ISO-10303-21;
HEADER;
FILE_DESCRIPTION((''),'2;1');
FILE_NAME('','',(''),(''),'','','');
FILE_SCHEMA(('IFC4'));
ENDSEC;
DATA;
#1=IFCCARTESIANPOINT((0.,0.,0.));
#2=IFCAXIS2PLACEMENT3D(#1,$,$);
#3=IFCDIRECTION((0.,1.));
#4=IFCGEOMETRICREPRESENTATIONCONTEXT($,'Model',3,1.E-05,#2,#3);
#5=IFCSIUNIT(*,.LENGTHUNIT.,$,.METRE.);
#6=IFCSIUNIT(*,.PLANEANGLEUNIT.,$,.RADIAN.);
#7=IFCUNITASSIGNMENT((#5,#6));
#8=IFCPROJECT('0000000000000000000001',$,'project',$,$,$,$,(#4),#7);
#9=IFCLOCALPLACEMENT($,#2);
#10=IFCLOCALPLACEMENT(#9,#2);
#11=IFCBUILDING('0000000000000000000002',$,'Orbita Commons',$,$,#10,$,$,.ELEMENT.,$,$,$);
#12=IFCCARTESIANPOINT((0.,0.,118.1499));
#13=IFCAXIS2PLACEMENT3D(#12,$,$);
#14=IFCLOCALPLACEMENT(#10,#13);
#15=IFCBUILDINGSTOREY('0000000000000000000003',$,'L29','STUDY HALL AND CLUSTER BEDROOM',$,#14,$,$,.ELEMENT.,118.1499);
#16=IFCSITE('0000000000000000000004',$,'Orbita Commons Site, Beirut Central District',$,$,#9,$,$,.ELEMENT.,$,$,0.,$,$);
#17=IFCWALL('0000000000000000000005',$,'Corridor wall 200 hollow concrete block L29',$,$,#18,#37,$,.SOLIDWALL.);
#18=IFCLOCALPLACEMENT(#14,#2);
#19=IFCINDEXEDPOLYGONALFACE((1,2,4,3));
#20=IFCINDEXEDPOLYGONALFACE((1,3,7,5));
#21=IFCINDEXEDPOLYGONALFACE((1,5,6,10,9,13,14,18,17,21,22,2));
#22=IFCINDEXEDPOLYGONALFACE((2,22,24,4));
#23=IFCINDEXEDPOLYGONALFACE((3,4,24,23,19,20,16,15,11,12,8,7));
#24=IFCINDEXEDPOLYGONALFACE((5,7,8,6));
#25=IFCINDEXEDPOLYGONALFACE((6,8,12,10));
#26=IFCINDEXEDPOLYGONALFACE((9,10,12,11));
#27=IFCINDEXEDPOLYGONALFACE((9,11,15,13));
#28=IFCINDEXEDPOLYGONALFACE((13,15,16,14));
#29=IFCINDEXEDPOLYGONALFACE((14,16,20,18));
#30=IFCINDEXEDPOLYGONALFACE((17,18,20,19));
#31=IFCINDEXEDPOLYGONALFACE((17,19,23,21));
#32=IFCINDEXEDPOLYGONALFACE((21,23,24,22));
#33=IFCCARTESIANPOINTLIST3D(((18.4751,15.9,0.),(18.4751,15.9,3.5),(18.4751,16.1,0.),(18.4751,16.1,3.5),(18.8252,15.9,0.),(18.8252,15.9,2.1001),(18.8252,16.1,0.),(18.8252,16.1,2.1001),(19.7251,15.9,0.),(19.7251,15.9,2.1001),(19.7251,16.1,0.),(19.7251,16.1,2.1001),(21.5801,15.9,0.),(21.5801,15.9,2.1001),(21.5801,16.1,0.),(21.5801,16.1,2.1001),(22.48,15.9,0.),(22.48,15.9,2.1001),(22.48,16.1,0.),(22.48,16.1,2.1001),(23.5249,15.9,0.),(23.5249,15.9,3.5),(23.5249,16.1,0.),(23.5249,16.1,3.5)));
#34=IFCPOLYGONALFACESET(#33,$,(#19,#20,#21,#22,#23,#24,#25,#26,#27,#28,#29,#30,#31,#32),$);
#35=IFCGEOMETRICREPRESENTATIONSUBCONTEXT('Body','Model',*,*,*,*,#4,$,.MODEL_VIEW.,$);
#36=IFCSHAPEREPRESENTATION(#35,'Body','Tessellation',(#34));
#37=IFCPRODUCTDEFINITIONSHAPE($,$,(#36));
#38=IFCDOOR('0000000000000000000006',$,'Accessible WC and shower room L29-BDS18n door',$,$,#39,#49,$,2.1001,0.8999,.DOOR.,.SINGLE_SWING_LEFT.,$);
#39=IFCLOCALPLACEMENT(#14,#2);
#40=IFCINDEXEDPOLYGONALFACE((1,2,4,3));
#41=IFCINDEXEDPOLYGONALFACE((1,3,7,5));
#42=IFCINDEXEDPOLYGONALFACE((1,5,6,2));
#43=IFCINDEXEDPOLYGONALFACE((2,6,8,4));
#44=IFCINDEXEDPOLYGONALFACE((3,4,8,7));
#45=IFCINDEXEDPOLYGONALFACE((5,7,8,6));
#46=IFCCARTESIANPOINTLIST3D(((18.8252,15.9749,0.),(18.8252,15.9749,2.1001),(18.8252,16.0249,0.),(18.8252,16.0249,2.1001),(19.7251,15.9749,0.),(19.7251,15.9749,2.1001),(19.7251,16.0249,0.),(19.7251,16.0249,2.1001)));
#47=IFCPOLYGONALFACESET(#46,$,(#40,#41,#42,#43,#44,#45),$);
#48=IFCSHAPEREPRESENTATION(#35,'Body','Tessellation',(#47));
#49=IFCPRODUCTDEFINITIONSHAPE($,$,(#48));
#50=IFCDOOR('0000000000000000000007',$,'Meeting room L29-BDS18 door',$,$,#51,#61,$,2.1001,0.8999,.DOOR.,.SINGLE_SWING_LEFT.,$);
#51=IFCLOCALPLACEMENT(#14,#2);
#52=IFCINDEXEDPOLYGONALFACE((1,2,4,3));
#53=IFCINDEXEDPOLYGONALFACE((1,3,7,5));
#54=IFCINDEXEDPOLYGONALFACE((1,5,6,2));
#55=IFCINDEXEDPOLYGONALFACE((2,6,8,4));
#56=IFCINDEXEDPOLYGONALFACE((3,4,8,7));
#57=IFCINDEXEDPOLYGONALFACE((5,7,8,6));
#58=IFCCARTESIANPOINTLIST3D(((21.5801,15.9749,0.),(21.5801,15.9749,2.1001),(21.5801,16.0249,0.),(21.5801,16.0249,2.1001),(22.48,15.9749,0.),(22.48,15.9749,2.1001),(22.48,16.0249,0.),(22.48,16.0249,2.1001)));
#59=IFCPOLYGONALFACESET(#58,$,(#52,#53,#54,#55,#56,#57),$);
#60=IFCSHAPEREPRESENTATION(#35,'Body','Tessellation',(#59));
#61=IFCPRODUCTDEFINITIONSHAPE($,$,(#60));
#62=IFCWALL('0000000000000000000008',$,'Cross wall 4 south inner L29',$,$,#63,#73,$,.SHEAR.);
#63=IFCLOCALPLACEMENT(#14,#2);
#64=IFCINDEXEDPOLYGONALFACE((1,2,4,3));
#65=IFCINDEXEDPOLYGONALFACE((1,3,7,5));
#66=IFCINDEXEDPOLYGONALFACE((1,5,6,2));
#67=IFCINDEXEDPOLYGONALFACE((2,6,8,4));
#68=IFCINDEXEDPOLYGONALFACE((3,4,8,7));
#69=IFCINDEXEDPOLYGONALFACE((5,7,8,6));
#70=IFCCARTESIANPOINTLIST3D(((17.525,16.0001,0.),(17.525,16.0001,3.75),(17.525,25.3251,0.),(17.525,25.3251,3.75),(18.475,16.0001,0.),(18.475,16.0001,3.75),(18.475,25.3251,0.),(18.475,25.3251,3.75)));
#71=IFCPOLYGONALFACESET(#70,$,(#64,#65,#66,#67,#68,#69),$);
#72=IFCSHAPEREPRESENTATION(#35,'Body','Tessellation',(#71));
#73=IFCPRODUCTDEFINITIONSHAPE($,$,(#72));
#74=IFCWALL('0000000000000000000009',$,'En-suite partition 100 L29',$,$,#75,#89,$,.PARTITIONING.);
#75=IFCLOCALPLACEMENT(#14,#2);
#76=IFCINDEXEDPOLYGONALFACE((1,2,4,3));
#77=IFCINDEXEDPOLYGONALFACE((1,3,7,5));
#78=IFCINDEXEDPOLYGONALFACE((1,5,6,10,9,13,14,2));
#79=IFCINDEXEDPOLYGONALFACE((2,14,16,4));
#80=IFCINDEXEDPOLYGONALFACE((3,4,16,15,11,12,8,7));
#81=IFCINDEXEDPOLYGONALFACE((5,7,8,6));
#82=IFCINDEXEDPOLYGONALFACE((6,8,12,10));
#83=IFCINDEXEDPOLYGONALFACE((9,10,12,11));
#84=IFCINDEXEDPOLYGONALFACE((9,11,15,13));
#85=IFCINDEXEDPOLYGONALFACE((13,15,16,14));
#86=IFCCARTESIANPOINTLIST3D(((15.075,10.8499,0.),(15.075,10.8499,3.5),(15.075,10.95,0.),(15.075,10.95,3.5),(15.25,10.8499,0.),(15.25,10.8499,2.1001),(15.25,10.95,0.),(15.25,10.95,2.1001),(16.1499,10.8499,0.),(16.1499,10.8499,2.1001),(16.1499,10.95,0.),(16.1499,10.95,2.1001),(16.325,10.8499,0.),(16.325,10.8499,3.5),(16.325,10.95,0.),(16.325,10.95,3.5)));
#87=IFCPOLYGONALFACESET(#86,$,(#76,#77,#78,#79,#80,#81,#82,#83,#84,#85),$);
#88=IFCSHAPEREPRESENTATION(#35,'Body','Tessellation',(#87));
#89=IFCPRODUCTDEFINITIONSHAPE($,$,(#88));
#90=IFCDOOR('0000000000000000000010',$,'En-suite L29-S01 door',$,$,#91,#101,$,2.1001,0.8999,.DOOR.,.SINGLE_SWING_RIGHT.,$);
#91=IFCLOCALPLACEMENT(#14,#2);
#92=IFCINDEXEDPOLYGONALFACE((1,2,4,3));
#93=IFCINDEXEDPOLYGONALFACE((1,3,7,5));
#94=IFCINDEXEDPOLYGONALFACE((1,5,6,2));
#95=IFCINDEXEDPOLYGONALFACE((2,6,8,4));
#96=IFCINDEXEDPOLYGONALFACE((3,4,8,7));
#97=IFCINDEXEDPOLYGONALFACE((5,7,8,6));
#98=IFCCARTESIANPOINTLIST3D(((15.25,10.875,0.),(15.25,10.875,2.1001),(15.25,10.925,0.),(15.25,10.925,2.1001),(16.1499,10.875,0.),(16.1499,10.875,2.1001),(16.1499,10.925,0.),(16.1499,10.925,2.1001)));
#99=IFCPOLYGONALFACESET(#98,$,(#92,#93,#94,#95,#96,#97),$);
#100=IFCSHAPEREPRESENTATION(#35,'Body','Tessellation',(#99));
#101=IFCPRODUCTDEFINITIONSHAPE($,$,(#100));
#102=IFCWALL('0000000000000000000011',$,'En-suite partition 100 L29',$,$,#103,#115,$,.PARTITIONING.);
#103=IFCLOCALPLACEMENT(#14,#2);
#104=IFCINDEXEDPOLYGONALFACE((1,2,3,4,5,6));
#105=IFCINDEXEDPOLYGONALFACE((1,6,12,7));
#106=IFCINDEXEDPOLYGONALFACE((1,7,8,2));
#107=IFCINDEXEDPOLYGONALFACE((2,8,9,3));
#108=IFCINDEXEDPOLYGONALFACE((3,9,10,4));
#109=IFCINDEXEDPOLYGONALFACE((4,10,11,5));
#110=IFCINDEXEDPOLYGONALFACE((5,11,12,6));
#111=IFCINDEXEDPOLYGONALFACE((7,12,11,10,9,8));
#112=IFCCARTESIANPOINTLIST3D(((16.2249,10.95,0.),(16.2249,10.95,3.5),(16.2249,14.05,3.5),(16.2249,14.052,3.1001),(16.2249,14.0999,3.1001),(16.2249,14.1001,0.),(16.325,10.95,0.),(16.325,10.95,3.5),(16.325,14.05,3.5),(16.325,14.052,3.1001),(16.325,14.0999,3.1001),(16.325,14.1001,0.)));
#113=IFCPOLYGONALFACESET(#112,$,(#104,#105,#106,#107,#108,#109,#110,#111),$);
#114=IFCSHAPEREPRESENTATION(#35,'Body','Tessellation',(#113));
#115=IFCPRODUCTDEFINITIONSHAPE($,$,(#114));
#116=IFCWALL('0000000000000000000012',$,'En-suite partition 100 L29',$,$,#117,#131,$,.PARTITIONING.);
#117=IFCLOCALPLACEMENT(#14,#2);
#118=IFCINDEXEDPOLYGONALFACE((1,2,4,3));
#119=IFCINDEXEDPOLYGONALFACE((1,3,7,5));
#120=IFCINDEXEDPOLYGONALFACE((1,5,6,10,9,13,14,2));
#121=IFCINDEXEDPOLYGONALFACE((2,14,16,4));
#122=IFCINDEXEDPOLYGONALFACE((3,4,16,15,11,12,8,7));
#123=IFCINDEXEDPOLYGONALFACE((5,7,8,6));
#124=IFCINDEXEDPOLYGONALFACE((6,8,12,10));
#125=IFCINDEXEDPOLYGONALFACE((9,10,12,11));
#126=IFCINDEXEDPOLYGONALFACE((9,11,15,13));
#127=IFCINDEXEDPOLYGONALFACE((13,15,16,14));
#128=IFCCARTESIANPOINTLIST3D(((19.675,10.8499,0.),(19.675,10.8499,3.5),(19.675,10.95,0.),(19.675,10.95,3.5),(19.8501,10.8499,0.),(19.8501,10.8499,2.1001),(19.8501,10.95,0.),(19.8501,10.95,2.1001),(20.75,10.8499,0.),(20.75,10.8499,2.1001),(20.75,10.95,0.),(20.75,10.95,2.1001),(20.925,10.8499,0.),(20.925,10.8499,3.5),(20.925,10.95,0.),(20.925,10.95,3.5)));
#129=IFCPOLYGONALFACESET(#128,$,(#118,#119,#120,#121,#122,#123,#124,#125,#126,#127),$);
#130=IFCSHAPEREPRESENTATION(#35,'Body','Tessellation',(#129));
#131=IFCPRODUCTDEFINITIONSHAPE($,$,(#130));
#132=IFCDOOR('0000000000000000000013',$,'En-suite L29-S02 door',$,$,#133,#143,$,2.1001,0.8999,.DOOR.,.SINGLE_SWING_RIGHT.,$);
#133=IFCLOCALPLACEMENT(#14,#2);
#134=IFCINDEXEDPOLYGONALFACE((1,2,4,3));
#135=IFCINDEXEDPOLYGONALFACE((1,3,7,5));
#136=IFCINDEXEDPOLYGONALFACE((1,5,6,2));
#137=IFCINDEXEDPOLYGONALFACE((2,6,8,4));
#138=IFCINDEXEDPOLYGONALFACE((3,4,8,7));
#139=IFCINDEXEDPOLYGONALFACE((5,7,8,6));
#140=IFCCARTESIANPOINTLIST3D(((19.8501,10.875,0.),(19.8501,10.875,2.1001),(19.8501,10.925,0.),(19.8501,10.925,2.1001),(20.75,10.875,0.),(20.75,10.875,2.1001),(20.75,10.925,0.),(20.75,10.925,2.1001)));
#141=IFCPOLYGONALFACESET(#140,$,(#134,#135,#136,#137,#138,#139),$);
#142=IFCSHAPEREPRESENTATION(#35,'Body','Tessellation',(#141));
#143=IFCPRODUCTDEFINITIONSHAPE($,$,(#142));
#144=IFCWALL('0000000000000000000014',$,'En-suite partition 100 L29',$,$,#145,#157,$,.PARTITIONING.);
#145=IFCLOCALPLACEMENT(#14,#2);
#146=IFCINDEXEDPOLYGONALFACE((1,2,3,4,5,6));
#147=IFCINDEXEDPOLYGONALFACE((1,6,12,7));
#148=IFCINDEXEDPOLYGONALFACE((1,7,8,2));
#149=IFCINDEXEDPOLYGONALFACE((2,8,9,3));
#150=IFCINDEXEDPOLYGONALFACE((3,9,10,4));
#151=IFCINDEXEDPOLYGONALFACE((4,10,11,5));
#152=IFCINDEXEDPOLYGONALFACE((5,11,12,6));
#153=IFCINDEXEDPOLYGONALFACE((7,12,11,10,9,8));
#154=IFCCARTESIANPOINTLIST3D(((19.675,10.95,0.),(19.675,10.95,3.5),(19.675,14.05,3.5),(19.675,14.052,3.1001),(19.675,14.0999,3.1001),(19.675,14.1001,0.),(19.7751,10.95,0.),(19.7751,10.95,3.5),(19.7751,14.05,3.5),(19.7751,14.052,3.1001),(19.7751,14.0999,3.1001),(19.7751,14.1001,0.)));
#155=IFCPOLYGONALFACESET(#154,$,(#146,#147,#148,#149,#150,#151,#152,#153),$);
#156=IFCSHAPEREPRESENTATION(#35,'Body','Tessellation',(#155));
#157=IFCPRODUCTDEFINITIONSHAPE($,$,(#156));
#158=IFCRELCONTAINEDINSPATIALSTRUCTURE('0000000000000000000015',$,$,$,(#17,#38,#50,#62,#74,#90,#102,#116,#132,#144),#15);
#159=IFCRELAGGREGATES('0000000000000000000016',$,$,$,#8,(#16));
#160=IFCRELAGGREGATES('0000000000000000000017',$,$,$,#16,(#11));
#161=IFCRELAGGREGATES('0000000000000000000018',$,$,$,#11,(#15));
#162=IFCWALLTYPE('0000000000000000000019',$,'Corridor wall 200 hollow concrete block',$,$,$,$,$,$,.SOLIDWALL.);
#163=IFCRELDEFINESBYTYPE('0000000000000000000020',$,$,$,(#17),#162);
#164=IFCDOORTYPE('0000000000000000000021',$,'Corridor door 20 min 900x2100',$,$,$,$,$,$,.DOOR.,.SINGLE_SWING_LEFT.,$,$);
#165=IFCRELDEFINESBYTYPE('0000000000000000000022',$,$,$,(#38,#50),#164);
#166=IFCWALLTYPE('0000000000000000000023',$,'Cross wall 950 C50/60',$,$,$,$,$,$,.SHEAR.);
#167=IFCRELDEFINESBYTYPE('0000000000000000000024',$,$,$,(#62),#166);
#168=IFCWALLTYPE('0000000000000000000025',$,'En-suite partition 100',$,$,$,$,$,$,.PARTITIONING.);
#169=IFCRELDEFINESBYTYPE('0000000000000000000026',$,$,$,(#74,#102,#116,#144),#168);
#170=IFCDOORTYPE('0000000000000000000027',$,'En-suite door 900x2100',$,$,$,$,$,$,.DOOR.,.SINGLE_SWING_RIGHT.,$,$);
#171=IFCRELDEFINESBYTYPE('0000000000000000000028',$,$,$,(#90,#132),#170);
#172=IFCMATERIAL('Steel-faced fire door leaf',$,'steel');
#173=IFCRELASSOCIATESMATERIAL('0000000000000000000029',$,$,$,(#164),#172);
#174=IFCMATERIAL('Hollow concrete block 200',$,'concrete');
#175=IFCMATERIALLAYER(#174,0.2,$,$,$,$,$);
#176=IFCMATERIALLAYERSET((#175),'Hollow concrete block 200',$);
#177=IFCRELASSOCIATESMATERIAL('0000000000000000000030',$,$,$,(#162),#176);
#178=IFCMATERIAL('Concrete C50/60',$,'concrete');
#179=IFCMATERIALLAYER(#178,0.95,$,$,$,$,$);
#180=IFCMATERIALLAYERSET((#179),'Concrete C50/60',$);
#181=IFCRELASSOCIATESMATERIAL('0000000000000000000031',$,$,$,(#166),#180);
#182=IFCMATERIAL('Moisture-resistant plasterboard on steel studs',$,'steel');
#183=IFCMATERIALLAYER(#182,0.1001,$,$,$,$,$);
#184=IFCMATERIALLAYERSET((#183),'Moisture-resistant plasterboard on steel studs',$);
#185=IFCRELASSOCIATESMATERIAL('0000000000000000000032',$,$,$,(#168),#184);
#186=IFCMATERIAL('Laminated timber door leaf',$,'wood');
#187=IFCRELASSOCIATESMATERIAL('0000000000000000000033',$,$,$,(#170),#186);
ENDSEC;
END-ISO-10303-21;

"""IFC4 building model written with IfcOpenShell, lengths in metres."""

from ifc_helpers import new_model, si_unit, direction, frame, frame_2d, origin, place, context, subcontext, project, spatial, polyline, rectangle, outline, extrude, material, layer, layer_set, type_object, element, fill, save


model = new_model("IFC4")

# Units and contexts
model_context = context("Model", 3, precision=1e-05, world=origin(), true_north=direction((0.0, 1.0)))
body_context = subcontext(model_context, "Body", "Model", "MODEL_VIEW")
ifc_project = project(units=[si_unit("LENGTHUNIT", "METRE"), si_unit("PLANEANGLEUNIT", "RADIAN")], contexts=[model_context])

# Site, building, storey
site_placement = place(None, origin())
site = spatial("IfcSite", under=ifc_project, at=site_placement, Name="Orbita Commons Site, Beirut Central District", CompositionType="ELEMENT", RefElevation=0.0)
building_placement = place(site_placement, origin())
building = spatial("IfcBuilding", under=site, at=building_placement, Name="Orbita Commons", CompositionType="ELEMENT")
storey_placement = place(building_placement, frame((0.0, 0.0, 118.1499)))
storey = spatial("IfcBuildingStorey", under=building, at=storey_placement, Name="L29", Description="STUDY HALL AND CLUSTER BEDROOM", CompositionType="ELEMENT", Elevation=118.1499)

# Wall, openings, doors
ifc_material_1 = material(Name="Steel-faced fire door leaf", Category="steel")
door_type_1 = type_object("IfcDoorType", Name="Corridor door 20 min 900x2100", OperationType="SINGLE_SWING_LEFT", PredefinedType="DOOR", material=ifc_material_1)
ifc_material_2 = material(Name="Hollow concrete block 200", Category="concrete")
ifc_layer_1 = layer(ifc_material_2, 0.2)
ifc_layer_set_1 = layer_set([ifc_layer_1], Name="Hollow concrete block 200")
wall_type_1 = type_object("IfcWallType", Name="Corridor wall 200 hollow concrete block", PredefinedType="SOLIDWALL", material=ifc_layer_set_1)
wall_1_placement = place(storey_placement, frame((18.4751, 16.0, 0.0), z_axis=(0.0, 0.0, 1.0), x_axis=(1.0, 0.0, 0.0)))
wall_1 = element("IfcWall", 1, at=wall_1_placement, inside=storey, type_object=wall_type_1, Name="Corridor wall 200 hollow concrete block L29", PredefinedType="SOLIDWALL", context=body_context, shape_type="SweptSolid", body=[
    extrude(rectangle(XDim=5.0498, YDim=0.2, at=frame_2d((2.5249, 0.0))), origin(), (0.0, 0.0, 1.0), 3.5),
])
opening_1_placement = place(wall_1_placement, frame((0.3501, 0.0, 0.0)))
opening_1 = element("IfcOpeningElement", 2, at=opening_1_placement, cuts=wall_1, PredefinedType="OPENING", context=body_context, shape_type="SweptSolid", body=[
    extrude(rectangle(XDim=0.8999, YDim=2.1001, at=frame_2d((0.45, 1.05))), frame((0.0, 0.1099, 0.0), z_axis=(0.0, -1.0, 0.0), x_axis=(1.0, 0.0, 0.0)), (0.0, 0.0, 1.0), 0.22),
])
opening_2_placement = place(wall_1_placement, frame((3.105, 0.0, 0.0)))
opening_2 = element("IfcOpeningElement", 3, at=opening_2_placement, cuts=wall_1, PredefinedType="OPENING", context=body_context, shape_type="SweptSolid", body=[
    extrude(rectangle(XDim=0.8999, YDim=2.1001, at=frame_2d((0.45, 1.05))), frame((0.0, 0.1099, 0.0), z_axis=(0.0, -1.0, 0.0), x_axis=(1.0, 0.0, 0.0)), (0.0, 0.0, 1.0), 0.22),
])
door_1_placement = place(opening_1_placement, origin())
door_1 = element("IfcDoor", 4, at=door_1_placement, inside=storey, type_object=door_type_1, Name="Accessible WC and shower room L29-BDS18n door", OperationType="SINGLE_SWING_LEFT", OverallHeight=2.1001, OverallWidth=0.8999, PredefinedType="DOOR", context=body_context, shape_type="SweptSolid", body=[
    extrude(rectangle(XDim=0.8999, YDim=2.1001, at=frame_2d((0.45, 1.05))), frame((0.0, 0.0249, 0.0), z_axis=(0.0, -1.0, 0.0), x_axis=(1.0, 0.0, 0.0)), (0.0, 0.0, 1.0), 0.05),
])
fill(opening_1, door_1)
door_2_placement = place(opening_2_placement, origin())
door_2 = element("IfcDoor", 5, at=door_2_placement, inside=storey, type_object=door_type_1, Name="Meeting room L29-BDS18 door", OperationType="SINGLE_SWING_LEFT", OverallHeight=2.1001, OverallWidth=0.8999, PredefinedType="DOOR", context=body_context, shape_type="SweptSolid", body=[
    extrude(rectangle(XDim=0.8999, YDim=2.1001, at=frame_2d((0.45, 1.05))), frame((0.0, 0.0249, 0.0), z_axis=(0.0, -1.0, 0.0), x_axis=(1.0, 0.0, 0.0)), (0.0, 0.0, 1.0), 0.05),
])
fill(opening_2, door_2)

# Wall
ifc_material_3 = material(Name="Concrete C50/60", Category="concrete")
ifc_layer_2 = layer(ifc_material_3, 0.95)
ifc_layer_set_2 = layer_set([ifc_layer_2], Name="Concrete C50/60")
wall_type_2 = type_object("IfcWallType", Name="Cross wall 950 C50/60", PredefinedType="SHEAR", material=ifc_layer_set_2)
wall_2_placement = place(storey_placement, frame((18.0, 16.0, 0.0), z_axis=(0.0, 0.0, 1.0), x_axis=(0.0, 1.0, 0.0)))
element("IfcWall", 6, at=wall_2_placement, inside=storey, type_object=wall_type_2, Name="Cross wall 4 south inner L29", PredefinedType="SHEAR", context=body_context, shape_type="SweptSolid", body=[
    extrude(rectangle(XDim=9.325, YDim=0.95, at=frame_2d((4.6626, 0.0))), origin(), (0.0, 0.0, 1.0), 3.75),
])

# Wall, opening, door
ifc_material_4 = material(Name="Moisture-resistant plasterboard on steel studs", Category="steel")
ifc_layer_3 = layer(ifc_material_4, 0.1001)
ifc_layer_set_3 = layer_set([ifc_layer_3], Name="Moisture-resistant plasterboard on steel studs")
wall_type_3 = type_object("IfcWallType", Name="En-suite partition 100", PredefinedType="PARTITIONING", material=ifc_layer_set_3)
wall_3_placement = place(storey_placement, frame((16.325, 10.8999, 0.0), z_axis=(0.0, 0.0, 1.0), x_axis=(-1.0, 0.0, 0.0)))
wall_3 = element("IfcWall", 7, at=wall_3_placement, inside=storey, type_object=wall_type_3, Name="En-suite partition 100 L29", PredefinedType="PARTITIONING", context=body_context, shape_type="SweptSolid", body=[
    extrude(rectangle(XDim=1.25, YDim=0.1001, at=frame_2d((0.625, 0.0))), origin(), (0.0, 0.0, 1.0), 3.5),
])
opening_3_placement = place(wall_3_placement, frame((0.175, 0.0, 0.0)))
opening_3 = element("IfcOpeningElement", 8, at=opening_3_placement, cuts=wall_3, PredefinedType="OPENING", context=body_context, shape_type="SweptSolid", body=[
    extrude(rectangle(XDim=0.8999, YDim=2.1001, at=frame_2d((0.45, 1.05))), frame((0.0, 0.0601, 0.0), z_axis=(0.0, -1.0, 0.0), x_axis=(1.0, 0.0, 0.0)), (0.0, 0.0, 1.0), 0.1201),
])
ifc_material_5 = material(Name="Laminated timber door leaf", Category="wood")
door_type_2 = type_object("IfcDoorType", Name="En-suite door 900x2100", OperationType="SINGLE_SWING_RIGHT", PredefinedType="DOOR", material=ifc_material_5)
door_3_placement = place(opening_3_placement, origin())
door_3 = element("IfcDoor", 9, at=door_3_placement, inside=storey, type_object=door_type_2, Name="En-suite L29-S01 door", OperationType="SINGLE_SWING_RIGHT", OverallHeight=2.1001, OverallWidth=0.8999, PredefinedType="DOOR", context=body_context, shape_type="SweptSolid", body=[
    extrude(rectangle(XDim=0.8999, YDim=2.1001, at=frame_2d((0.45, 1.05))), frame((0.0, 0.0249, 0.0), z_axis=(0.0, -1.0, 0.0), x_axis=(1.0, 0.0, 0.0)), (0.0, 0.0, 1.0), 0.05),
])
fill(opening_3, door_3)

# Wall
wall_4_placement = place(storey_placement, frame((16.2749, 10.95, 0.0), z_axis=(0.0, 0.0, 1.0), x_axis=(0.0, 1.0, 0.0)))
element("IfcWall", 10, at=wall_4_placement, inside=storey, type_object=wall_type_3, Name="En-suite partition 100 L29", PredefinedType="PARTITIONING", context=body_context, shape_type="SweptSolid", body=[
    extrude(outline(polyline([(0.0, 0.0), (3.1501, 0.0), (3.1499, 3.1001), (3.1021, 3.1001), (3.1001, 3.5), (0.0, 3.5), (0.0, 0.0)])), frame((0.0, 0.05, 0.0), z_axis=(0.0, -1.0, 0.0), x_axis=(1.0, 0.0, 0.0)), (0.0, 0.0, 1.0), 0.1001),
])

# Wall, opening, door
wall_5_placement = place(storey_placement, frame((20.925, 10.8999, 0.0), z_axis=(0.0, 0.0, 1.0), x_axis=(-1.0, 0.0, 0.0)))
wall_5 = element("IfcWall", 11, at=wall_5_placement, inside=storey, type_object=wall_type_3, Name="En-suite partition 100 L29", PredefinedType="PARTITIONING", context=body_context, shape_type="SweptSolid", body=[
    extrude(rectangle(XDim=1.25, YDim=0.1001, at=frame_2d((0.625, 0.0))), origin(), (0.0, 0.0, 1.0), 3.5),
])
opening_4_placement = place(wall_5_placement, frame((0.175, 0.0, 0.0)))
opening_4 = element("IfcOpeningElement", 12, at=opening_4_placement, cuts=wall_5, PredefinedType="OPENING", context=body_context, shape_type="SweptSolid", body=[
    extrude(rectangle(XDim=0.8999, YDim=2.1001, at=frame_2d((0.45, 1.05))), frame((0.0, 0.0601, 0.0), z_axis=(0.0, -1.0, 0.0), x_axis=(1.0, 0.0, 0.0)), (0.0, 0.0, 1.0), 0.1201),
])
door_4_placement = place(opening_4_placement, origin())
door_4 = element("IfcDoor", 13, at=door_4_placement, inside=storey, type_object=door_type_2, Name="En-suite L29-S02 door", OperationType="SINGLE_SWING_RIGHT", OverallHeight=2.1001, OverallWidth=0.8999, PredefinedType="DOOR", context=body_context, shape_type="SweptSolid", body=[
    extrude(rectangle(XDim=0.8999, YDim=2.1001, at=frame_2d((0.45, 1.05))), frame((0.0, 0.0249, 0.0), z_axis=(0.0, -1.0, 0.0), x_axis=(1.0, 0.0, 0.0)), (0.0, 0.0, 1.0), 0.05),
])
fill(opening_4, door_4)

# Wall
wall_6_placement = place(storey_placement, frame((19.7251, 10.95, 0.0), z_axis=(0.0, 0.0, 1.0), x_axis=(0.0, 1.0, 0.0)))
element("IfcWall", 14, at=wall_6_placement, inside=storey, type_object=wall_type_3, Name="En-suite partition 100 L29", PredefinedType="PARTITIONING", context=body_context, shape_type="SweptSolid", body=[
    extrude(outline(polyline([(0.0, 0.0), (3.1501, 0.0), (3.1499, 3.1001), (3.1021, 3.1001), (3.1001, 3.5), (0.0, 3.5), (0.0, 0.0)])), frame((0.0, 0.05, 0.0), z_axis=(0.0, -1.0, 0.0), x_axis=(1.0, 0.0, 0.0)), (0.0, 0.0, 1.0), 0.1001),
])

save(model, "model.ifc")
